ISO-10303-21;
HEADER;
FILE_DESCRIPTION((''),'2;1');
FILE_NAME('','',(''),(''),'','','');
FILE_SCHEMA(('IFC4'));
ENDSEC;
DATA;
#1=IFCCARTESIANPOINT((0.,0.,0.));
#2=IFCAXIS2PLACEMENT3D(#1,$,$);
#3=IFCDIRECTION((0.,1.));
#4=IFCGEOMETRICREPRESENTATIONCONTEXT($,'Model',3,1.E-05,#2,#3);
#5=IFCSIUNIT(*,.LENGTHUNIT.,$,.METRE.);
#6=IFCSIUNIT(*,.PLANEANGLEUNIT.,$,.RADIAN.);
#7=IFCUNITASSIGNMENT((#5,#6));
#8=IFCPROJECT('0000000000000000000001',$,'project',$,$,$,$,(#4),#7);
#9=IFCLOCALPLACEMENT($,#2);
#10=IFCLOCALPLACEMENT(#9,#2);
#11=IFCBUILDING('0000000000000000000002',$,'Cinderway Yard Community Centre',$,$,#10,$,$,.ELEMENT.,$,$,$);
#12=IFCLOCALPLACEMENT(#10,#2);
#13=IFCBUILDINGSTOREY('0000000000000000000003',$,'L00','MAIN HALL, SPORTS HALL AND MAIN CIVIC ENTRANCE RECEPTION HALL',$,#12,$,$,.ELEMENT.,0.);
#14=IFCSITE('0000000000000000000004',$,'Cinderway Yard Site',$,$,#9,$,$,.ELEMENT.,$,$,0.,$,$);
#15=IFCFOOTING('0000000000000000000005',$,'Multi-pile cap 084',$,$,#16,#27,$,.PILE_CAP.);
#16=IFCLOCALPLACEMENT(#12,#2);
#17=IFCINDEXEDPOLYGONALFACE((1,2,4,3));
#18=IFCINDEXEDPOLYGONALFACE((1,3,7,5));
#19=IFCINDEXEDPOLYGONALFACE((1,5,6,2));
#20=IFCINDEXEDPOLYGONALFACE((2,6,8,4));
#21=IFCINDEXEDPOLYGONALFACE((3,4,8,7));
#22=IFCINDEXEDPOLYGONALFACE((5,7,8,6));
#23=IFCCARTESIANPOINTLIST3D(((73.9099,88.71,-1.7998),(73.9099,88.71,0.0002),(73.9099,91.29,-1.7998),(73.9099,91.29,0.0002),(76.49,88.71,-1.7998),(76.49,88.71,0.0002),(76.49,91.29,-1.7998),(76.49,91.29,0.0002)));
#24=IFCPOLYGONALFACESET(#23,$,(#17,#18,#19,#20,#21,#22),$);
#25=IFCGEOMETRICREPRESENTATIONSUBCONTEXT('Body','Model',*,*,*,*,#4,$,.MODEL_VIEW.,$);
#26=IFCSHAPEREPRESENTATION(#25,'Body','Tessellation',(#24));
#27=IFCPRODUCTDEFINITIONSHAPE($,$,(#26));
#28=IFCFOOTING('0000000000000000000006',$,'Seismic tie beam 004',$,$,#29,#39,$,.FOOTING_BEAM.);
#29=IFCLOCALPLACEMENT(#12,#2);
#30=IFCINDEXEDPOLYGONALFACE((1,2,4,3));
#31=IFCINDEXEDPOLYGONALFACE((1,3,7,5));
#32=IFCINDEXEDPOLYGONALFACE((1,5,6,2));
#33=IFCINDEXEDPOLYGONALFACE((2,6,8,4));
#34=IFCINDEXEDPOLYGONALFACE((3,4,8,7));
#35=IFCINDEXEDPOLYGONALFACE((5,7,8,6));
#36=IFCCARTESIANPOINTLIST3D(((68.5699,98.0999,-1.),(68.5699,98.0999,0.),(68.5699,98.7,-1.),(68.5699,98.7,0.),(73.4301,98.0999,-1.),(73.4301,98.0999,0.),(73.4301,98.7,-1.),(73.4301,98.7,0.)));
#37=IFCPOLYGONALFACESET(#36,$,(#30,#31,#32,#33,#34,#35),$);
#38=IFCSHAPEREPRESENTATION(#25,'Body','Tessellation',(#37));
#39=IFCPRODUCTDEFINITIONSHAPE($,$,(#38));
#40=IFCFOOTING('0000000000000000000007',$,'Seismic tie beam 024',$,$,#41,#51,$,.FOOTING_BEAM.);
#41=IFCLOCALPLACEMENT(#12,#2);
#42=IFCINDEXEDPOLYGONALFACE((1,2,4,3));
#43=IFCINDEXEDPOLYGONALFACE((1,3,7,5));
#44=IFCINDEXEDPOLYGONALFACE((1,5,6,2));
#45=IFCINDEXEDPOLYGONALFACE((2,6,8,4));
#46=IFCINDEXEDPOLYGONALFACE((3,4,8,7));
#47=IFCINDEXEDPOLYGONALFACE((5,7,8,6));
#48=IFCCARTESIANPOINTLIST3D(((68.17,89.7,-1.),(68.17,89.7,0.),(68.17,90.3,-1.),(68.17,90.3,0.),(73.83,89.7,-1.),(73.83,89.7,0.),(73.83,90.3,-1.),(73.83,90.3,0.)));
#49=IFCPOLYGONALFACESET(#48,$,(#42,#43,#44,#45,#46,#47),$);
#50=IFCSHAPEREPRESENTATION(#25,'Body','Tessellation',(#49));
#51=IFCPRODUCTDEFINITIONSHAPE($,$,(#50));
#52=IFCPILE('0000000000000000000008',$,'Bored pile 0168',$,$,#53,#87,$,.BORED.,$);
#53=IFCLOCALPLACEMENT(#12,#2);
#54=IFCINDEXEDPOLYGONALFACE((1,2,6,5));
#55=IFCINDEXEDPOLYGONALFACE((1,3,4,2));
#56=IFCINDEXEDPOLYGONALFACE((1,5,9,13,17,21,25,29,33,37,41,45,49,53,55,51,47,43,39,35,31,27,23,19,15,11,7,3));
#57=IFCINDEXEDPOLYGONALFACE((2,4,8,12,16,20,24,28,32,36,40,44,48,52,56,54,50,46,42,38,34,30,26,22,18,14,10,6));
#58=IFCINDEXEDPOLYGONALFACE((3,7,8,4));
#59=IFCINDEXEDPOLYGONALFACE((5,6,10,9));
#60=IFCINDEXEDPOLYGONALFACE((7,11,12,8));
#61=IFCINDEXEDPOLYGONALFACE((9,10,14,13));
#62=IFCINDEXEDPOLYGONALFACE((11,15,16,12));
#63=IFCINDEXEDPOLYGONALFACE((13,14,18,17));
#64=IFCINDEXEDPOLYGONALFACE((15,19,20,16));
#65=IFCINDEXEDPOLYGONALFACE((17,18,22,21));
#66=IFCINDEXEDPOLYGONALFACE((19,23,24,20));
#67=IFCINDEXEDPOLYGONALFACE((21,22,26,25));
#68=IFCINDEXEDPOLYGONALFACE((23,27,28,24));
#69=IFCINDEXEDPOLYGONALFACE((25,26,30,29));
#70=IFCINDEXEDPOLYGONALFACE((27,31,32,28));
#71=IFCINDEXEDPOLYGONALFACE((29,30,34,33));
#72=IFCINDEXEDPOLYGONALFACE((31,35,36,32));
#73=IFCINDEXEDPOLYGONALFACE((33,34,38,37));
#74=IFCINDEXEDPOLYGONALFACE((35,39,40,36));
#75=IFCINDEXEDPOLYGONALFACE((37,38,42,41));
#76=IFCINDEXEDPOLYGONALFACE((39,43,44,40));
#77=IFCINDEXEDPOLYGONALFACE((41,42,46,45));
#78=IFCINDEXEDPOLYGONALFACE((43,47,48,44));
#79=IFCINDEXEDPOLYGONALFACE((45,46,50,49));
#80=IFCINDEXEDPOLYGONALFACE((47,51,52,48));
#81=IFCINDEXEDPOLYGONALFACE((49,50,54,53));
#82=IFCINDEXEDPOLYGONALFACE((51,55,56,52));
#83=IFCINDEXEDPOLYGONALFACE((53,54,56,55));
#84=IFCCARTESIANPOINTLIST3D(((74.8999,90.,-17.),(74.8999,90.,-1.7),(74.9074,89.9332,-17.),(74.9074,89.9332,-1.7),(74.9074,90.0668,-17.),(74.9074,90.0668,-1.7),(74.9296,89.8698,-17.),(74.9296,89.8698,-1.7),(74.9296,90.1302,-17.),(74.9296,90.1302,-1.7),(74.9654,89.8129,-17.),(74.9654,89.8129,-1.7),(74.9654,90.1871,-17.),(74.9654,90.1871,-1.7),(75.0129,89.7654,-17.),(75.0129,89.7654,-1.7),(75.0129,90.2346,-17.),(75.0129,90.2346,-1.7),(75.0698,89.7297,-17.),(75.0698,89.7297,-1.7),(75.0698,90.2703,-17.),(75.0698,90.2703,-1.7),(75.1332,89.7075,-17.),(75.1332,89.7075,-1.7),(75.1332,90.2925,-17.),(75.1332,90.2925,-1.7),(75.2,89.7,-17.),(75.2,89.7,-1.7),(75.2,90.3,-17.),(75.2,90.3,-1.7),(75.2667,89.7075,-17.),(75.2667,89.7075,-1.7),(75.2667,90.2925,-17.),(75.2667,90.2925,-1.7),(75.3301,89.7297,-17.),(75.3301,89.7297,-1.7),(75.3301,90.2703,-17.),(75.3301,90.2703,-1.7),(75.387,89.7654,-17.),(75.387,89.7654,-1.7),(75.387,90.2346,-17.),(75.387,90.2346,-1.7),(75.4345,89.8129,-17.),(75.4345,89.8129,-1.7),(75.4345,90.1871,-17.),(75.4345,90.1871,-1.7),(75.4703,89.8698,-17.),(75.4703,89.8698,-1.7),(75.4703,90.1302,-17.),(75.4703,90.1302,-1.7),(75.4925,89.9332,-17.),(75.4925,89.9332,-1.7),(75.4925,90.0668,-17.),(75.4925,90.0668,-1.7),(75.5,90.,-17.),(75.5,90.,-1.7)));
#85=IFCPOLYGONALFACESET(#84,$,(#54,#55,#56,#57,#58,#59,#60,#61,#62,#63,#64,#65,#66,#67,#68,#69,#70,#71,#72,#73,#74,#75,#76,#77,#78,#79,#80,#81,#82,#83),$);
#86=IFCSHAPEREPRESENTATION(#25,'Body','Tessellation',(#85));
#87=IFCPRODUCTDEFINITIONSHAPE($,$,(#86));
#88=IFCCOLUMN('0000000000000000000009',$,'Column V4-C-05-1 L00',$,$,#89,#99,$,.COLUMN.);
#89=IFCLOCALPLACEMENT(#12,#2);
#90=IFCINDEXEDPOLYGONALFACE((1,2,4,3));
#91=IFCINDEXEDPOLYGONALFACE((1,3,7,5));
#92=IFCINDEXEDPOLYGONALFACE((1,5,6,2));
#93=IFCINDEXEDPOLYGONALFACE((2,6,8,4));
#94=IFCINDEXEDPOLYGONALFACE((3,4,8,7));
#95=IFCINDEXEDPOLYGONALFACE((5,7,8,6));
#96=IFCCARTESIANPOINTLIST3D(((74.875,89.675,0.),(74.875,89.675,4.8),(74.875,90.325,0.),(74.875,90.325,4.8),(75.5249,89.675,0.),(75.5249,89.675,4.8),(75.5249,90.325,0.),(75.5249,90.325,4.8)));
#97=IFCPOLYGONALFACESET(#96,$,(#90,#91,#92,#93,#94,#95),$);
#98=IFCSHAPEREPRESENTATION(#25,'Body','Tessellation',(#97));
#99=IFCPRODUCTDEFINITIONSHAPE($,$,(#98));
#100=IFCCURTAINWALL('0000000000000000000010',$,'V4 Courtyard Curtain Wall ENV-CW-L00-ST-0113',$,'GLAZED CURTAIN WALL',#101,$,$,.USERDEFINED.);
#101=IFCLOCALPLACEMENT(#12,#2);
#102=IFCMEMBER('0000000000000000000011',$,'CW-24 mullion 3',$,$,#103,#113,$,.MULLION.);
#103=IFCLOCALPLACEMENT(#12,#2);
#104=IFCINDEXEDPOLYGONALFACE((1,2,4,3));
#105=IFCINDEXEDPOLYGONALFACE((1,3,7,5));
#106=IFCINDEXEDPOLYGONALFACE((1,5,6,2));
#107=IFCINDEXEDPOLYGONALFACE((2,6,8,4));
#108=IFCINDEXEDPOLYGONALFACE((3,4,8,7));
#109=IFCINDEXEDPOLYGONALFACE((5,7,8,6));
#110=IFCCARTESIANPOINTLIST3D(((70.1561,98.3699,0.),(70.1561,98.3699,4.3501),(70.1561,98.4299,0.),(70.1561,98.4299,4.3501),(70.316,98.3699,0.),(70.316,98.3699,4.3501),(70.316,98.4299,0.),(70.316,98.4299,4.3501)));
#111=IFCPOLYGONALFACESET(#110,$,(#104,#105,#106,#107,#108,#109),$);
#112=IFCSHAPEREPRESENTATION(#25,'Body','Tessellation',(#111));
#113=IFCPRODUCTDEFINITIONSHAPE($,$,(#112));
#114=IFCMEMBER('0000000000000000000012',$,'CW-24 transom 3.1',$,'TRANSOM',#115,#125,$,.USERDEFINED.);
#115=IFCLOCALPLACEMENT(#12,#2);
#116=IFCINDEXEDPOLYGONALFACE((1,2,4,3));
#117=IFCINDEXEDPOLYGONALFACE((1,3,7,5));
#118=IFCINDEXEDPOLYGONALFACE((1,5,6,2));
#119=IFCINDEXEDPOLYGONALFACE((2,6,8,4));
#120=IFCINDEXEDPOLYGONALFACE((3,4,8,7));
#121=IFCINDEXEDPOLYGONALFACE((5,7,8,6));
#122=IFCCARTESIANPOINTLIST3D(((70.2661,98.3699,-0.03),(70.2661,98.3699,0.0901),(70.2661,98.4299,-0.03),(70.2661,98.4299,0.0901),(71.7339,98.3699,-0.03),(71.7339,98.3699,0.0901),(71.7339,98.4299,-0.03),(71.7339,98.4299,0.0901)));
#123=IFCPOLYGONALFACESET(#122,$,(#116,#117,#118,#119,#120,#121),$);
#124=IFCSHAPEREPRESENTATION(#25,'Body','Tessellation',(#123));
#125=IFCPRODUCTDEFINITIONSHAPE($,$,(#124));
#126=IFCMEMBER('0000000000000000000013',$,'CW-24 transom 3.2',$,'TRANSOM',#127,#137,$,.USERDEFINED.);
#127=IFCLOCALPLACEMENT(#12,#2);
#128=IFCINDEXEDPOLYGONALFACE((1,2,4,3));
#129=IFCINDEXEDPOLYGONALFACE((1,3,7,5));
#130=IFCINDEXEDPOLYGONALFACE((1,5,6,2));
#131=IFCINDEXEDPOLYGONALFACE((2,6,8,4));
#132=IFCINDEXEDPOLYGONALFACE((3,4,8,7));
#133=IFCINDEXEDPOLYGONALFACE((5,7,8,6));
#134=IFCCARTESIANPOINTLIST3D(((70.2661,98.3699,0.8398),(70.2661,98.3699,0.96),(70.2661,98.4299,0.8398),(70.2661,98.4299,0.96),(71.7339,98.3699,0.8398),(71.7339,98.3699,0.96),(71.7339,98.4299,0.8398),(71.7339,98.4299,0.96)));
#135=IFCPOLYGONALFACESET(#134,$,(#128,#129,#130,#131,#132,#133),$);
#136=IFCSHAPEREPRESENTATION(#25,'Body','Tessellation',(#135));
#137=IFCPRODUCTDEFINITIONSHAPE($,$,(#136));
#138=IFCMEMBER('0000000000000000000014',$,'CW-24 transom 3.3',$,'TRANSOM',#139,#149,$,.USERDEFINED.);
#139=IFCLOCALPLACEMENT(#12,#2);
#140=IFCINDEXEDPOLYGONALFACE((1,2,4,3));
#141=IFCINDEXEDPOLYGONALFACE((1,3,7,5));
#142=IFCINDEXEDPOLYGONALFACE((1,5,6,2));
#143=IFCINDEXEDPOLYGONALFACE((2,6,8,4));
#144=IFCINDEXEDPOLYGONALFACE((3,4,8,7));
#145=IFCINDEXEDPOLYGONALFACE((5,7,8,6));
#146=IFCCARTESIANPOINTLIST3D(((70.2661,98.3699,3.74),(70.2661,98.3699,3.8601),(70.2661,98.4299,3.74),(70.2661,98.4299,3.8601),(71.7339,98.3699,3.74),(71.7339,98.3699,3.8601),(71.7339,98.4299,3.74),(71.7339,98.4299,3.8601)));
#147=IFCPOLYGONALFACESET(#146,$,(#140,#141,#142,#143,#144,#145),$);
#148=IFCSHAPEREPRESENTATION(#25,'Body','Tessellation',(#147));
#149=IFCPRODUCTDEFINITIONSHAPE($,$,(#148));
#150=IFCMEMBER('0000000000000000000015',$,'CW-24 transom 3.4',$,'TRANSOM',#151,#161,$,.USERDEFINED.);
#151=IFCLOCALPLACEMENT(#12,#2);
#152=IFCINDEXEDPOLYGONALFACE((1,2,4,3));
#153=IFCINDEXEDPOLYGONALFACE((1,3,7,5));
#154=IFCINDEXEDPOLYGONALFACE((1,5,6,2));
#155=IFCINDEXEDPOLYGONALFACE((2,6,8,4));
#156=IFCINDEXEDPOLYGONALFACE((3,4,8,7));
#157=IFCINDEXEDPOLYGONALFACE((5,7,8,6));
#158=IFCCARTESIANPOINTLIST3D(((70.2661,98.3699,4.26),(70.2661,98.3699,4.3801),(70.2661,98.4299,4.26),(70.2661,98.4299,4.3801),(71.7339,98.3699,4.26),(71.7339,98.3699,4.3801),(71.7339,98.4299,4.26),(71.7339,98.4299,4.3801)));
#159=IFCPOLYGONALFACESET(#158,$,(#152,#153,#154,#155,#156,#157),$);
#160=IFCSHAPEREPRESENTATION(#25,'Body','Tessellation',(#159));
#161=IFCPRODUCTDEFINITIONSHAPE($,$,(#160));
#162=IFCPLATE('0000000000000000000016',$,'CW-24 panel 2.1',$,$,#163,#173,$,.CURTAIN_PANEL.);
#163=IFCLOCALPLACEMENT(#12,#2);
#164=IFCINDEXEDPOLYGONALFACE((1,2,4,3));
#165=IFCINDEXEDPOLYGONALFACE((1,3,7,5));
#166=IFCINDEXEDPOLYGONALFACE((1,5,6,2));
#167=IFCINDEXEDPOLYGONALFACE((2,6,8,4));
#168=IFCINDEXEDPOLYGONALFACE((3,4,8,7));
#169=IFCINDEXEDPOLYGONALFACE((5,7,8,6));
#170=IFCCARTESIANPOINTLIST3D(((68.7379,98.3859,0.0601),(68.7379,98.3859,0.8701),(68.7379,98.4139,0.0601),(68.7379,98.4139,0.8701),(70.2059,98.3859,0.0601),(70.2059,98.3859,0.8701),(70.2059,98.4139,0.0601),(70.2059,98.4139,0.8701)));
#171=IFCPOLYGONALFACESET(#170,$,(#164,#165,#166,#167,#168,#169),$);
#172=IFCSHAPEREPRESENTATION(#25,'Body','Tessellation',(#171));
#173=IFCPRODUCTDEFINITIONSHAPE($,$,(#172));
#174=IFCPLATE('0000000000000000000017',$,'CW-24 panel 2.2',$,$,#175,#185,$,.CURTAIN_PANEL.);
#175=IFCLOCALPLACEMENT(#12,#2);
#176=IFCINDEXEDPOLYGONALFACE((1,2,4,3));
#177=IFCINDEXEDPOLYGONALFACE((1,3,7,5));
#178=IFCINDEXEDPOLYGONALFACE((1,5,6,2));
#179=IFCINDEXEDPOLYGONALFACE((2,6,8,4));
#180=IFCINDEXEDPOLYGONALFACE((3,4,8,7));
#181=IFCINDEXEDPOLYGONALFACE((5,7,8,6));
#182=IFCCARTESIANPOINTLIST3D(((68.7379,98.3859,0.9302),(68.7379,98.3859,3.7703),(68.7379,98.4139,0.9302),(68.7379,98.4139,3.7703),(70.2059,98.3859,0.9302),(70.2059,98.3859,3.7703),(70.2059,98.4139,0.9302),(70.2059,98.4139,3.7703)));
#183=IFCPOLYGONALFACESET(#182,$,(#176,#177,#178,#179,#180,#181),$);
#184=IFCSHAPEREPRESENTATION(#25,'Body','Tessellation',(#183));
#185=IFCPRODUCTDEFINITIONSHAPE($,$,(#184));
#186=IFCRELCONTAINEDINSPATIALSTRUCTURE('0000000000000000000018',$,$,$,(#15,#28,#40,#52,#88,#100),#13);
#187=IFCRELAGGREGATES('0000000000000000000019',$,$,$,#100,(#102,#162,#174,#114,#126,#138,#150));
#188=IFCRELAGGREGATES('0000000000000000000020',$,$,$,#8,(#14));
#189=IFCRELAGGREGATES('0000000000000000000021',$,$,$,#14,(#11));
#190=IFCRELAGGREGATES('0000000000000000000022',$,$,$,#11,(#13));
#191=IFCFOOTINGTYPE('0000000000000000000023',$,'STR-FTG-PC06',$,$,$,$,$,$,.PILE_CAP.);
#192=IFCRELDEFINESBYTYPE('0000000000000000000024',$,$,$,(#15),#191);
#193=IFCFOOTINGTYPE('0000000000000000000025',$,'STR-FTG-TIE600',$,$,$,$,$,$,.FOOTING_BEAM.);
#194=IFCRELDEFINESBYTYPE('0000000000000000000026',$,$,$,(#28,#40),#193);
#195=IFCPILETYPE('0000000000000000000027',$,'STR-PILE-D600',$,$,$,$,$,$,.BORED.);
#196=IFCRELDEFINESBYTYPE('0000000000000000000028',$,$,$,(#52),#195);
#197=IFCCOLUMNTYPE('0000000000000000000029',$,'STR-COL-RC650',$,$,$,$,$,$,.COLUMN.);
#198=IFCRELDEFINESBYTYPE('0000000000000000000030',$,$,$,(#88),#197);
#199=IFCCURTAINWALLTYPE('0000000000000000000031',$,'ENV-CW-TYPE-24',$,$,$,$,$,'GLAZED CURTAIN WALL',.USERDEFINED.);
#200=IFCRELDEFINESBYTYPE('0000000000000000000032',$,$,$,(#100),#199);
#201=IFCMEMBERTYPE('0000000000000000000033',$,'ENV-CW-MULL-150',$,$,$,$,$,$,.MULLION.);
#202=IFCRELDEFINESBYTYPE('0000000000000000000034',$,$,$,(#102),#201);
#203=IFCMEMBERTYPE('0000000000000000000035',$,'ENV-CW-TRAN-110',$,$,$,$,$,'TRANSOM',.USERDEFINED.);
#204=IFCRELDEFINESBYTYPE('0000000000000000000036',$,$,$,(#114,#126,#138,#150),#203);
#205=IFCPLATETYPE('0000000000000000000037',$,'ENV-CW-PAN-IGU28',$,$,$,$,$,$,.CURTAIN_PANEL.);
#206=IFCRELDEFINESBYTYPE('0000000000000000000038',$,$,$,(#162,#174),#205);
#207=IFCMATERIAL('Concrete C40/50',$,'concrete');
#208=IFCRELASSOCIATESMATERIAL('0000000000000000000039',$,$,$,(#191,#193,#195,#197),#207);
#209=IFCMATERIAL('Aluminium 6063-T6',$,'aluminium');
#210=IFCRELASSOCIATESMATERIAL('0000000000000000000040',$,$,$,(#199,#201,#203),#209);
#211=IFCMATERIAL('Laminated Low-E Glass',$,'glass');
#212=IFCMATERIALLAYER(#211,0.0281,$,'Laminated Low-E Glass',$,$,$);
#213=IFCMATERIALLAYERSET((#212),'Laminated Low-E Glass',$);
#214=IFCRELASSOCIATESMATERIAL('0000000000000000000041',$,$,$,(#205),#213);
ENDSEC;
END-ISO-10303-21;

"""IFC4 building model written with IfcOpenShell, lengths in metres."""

from ifc_helpers import new_model, si_unit, direction, frame, origin, origin_2d, place, context, subcontext, project, spatial, rectangle, circle, extrude, material, layer, layer_set, material_profile, profile_set, type_object, element, aggregate, save


model = new_model("IFC4")

# Units and contexts
model_context = context("Model", 3, precision=1e-05, world=origin(), true_north=direction((0.0, 1.0)))
body_context = subcontext(model_context, "Body", "Model", "MODEL_VIEW")
ifc_project = project(units=[si_unit("LENGTHUNIT", "METRE"), si_unit("PLANEANGLEUNIT", "RADIAN")], contexts=[model_context])

# Site, building, storey
site_placement = place(None, origin())
site = spatial("IfcSite", under=ifc_project, at=site_placement, Name="Cinderway Yard Site", CompositionType="ELEMENT", RefElevation=0.0)
building_placement = place(site_placement, origin())
building = spatial("IfcBuilding", under=site, at=building_placement, Name="Cinderway Yard Community Centre", CompositionType="ELEMENT")
storey_placement = place(building_placement, origin())
storey = spatial("IfcBuildingStorey", under=building, at=storey_placement, Name="L00", Description="MAIN HALL, SPORTS HALL AND MAIN CIVIC ENTRANCE RECEPTION HALL", CompositionType="ELEMENT", Elevation=0.0)

# Footings
ifc_material_1 = material(Name="Concrete C40/50", Category="concrete")
footing_type_1 = type_object("IfcFootingType", Name="STR-FTG-PC06", PredefinedType="PILE_CAP", material=ifc_material_1)
footing_1_placement = place(storey_placement, frame((75.2, 90.0, -1.7998), z_axis=(0.0, 0.0, 1.0), x_axis=(1.0, 0.0, 0.0)))
element("IfcFooting", 1, at=footing_1_placement, inside=storey, type_object=footing_type_1, Name="Multi-pile cap 084", PredefinedType="PILE_CAP", context=body_context, shape_type="SweptSolid", body=[
    extrude(rectangle(XDim=2.5801, YDim=2.5801, at=origin_2d()), origin(), (0.0, 0.0, 1.0), 1.8),
])
footing_type_2 = type_object("IfcFootingType", Name="STR-FTG-TIE600", PredefinedType="FOOTING_BEAM", material=ifc_material_1)
footing_2_placement = place(storey_placement, frame((71.0, 98.3999, -1.0), z_axis=(0.0, 0.0, 1.0), x_axis=(1.0, 0.0, 0.0)))
element("IfcFooting", 2, at=footing_2_placement, inside=storey, type_object=footing_type_2, Name="Seismic tie beam 004", PredefinedType="FOOTING_BEAM", context=body_context, shape_type="SweptSolid", body=[
    extrude(rectangle(XDim=4.8601, YDim=0.6001, at=origin_2d()), origin(), (0.0, 0.0, 1.0), 1.0),
])
footing_3_placement = place(storey_placement, frame((71.0, 90.0, -1.0), z_axis=(0.0, 0.0, 1.0), x_axis=(1.0, 0.0, 0.0)))
element("IfcFooting", 3, at=footing_3_placement, inside=storey, type_object=footing_type_2, Name="Seismic tie beam 024", PredefinedType="FOOTING_BEAM", context=body_context, shape_type="SweptSolid", body=[
    extrude(rectangle(XDim=5.6599, YDim=0.6001, at=origin_2d()), origin(), (0.0, 0.0, 1.0), 1.0),
])

# Pile
ifc_material_profile_1 = material_profile(ifc_material_1, circle(Radius=0.3, at=origin_2d()), Name="Concrete C40/50")
ifc_profile_set_1 = profile_set([ifc_material_profile_1], Name="Concrete C40/50")
pile_type = type_object("IfcPileType", Name="STR-PILE-D600", PredefinedType="BORED", material=ifc_profile_set_1)
pile_placement = place(storey_placement, frame((75.2, 90.0, -1.7), z_axis=(0.0, 0.0, -1.0), x_axis=(1.0, 0.0, 0.0)))
element("IfcPile", 4, at=pile_placement, inside=storey, type_object=pile_type, Name="Bored pile 0168", PredefinedType="BORED", context=body_context, shape_type="SweptSolid", body=[
    extrude(circle(Radius=0.3, at=origin_2d()), origin(), (0.0, 0.0, 1.0), 15.3),
])

# Column
ifc_material_profile_2 = material_profile(ifc_material_1, rectangle(XDim=0.6499, YDim=0.6499, at=origin_2d()), Name="Concrete C40/50")
ifc_profile_set_2 = profile_set([ifc_material_profile_2], Name="Concrete C40/50")
column_type = type_object("IfcColumnType", Name="STR-COL-RC650", PredefinedType="COLUMN", material=ifc_profile_set_2)
column_placement = place(storey_placement, frame((75.2, 90.0, 0.0), z_axis=(0.0, 0.0, 1.0), x_axis=(1.0, 0.0, 0.0)))
element("IfcColumn", 5, at=column_placement, inside=storey, type_object=column_type, Name="Column V4-C-05-1 L00", PredefinedType="COLUMN", context=body_context, shape_type="SweptSolid", body=[
    extrude(rectangle(XDim=0.6499, YDim=0.6499, at=origin_2d()), origin(), (0.0, 0.0, 1.0), 4.8),
])

# Curtain wall, members, plates
ifc_material_2 = material(Name="Aluminium 6063-T6", Category="aluminium")
curtain_wall_type = type_object("IfcCurtainWallType", Name="ENV-CW-TYPE-24", ElementType="GLAZED CURTAIN WALL", PredefinedType="USERDEFINED", material=ifc_material_2)
curtain_wall_placement = place(storey_placement, origin())
curtain_wall = element("IfcCurtainWall", 6, at=curtain_wall_placement, inside=storey, type_object=curtain_wall_type, Name="V4 Courtyard Curtain Wall ENV-CW-L00-ST-0113", ObjectType="GLAZED CURTAIN WALL", PredefinedType="USERDEFINED")
ifc_material_profile_3 = material_profile(ifc_material_2, rectangle(XDim=0.0601, YDim=0.1599, at=origin_2d()), Name="Aluminium 6063-T6")
ifc_profile_set_3 = profile_set([ifc_material_profile_3], Name="Aluminium 6063-T6")
member_type_1 = type_object("IfcMemberType", Name="ENV-CW-MULL-150", PredefinedType="MULLION", material=ifc_profile_set_3)
member_1_placement = place(storey_placement, frame((70.2361, 98.3999, 0.0), z_axis=(0.0, 0.0, 1.0), x_axis=(0.0, 1.0, 0.0)))
member_1 = element("IfcMember", 7, at=member_1_placement, type_object=member_type_1, Name="CW-24 mullion 3", PredefinedType="MULLION", context=body_context, shape_type="SweptSolid", body=[
    extrude(rectangle(XDim=0.0601, YDim=0.1599, at=origin_2d()), origin(), (0.0, 0.0, 1.0), 4.3501),
])
ifc_material_profile_4 = material_profile(ifc_material_2, rectangle(XDim=0.0601, YDim=0.1201, at=origin_2d()), Name="Aluminium 6063-T6")
ifc_profile_set_4 = profile_set([ifc_material_profile_4], Name="Aluminium 6063-T6")
member_type_2 = type_object("IfcMemberType", Name="ENV-CW-TRAN-110", ElementType="TRANSOM", PredefinedType="USERDEFINED", material=ifc_profile_set_4)
member_2_placement = place(storey_placement, frame((70.2661, 98.3999, 0.03), z_axis=(1.0, 0.0, 0.0), x_axis=(0.0, 1.0, 0.0)))
member_2 = element("IfcMember", 8, at=member_2_placement, type_object=member_type_2, Name="CW-24 transom 3.1", ObjectType="TRANSOM", PredefinedType="USERDEFINED", context=body_context, shape_type="SweptSolid", body=[
    extrude(rectangle(XDim=0.0601, YDim=0.1201, at=origin_2d()), origin(), (0.0, 0.0, 1.0), 1.4678),
])
member_3_placement = place(storey_placement, frame((70.2661, 98.3999, 0.8999), z_axis=(1.0, 0.0, 0.0), x_axis=(0.0, 1.0, 0.0)))
member_3 = element("IfcMember", 9, at=member_3_placement, type_object=member_type_2, Name="CW-24 transom 3.2", ObjectType="TRANSOM", PredefinedType="USERDEFINED", context=body_context, shape_type="SweptSolid", body=[
    extrude(rectangle(XDim=0.0601, YDim=0.1201, at=origin_2d()), origin(), (0.0, 0.0, 1.0), 1.4678),
])
member_4_placement = place(storey_placement, frame((70.2661, 98.3999, 3.8), z_axis=(1.0, 0.0, 0.0), x_axis=(0.0, 1.0, 0.0)))
member_4 = element("IfcMember", 10, at=member_4_placement, type_object=member_type_2, Name="CW-24 transom 3.3", ObjectType="TRANSOM", PredefinedType="USERDEFINED", context=body_context, shape_type="SweptSolid", body=[
    extrude(rectangle(XDim=0.0601, YDim=0.1201, at=origin_2d()), origin(), (0.0, 0.0, 1.0), 1.4678),
])
member_5_placement = place(storey_placement, frame((70.2661, 98.3999, 4.3201), z_axis=(1.0, 0.0, 0.0), x_axis=(0.0, 1.0, 0.0)))
member_5 = element("IfcMember", 11, at=member_5_placement, type_object=member_type_2, Name="CW-24 transom 3.4", ObjectType="TRANSOM", PredefinedType="USERDEFINED", context=body_context, shape_type="SweptSolid", body=[
    extrude(rectangle(XDim=0.0601, YDim=0.1201, at=origin_2d()), origin(), (0.0, 0.0, 1.0), 1.4678),
])
ifc_material_3 = material(Name="Laminated Low-E Glass", Category="glass")
ifc_layer_1 = layer(ifc_material_3, 0.0281, Name="Laminated Low-E Glass")
ifc_layer_set_1 = layer_set([ifc_layer_1], Name="Laminated Low-E Glass")
plate_type = type_object("IfcPlateType", Name="ENV-CW-PAN-IGU28", PredefinedType="CURTAIN_PANEL", material=ifc_layer_set_1)
plate_1_placement = place(storey_placement, frame((69.4719, 98.3999, 0.0601), z_axis=(0.0, 0.0, 1.0), x_axis=(1.0, 0.0, 0.0)))
plate_1 = element("IfcPlate", 12, at=plate_1_placement, type_object=plate_type, Name="CW-24 panel 2.1", PredefinedType="CURTAIN_PANEL", context=body_context, shape_type="SweptSolid", body=[
    extrude(rectangle(XDim=1.468, YDim=0.0281, at=origin_2d()), origin(), (0.0, 0.0, 1.0), 0.8101),
])
plate_2_placement = place(storey_placement, frame((69.4719, 98.3999, 0.9302), z_axis=(0.0, 0.0, 1.0), x_axis=(1.0, 0.0, 0.0)))
plate_2 = element("IfcPlate", 13, at=plate_2_placement, type_object=plate_type, Name="CW-24 panel 2.2", PredefinedType="CURTAIN_PANEL", context=body_context, shape_type="SweptSolid", body=[
    extrude(rectangle(XDim=1.468, YDim=0.0281, at=origin_2d()), origin(), (0.0, 0.0, 1.0), 2.8401),
])
aggregate(curtain_wall, [member_1, plate_1, plate_2, member_2, member_3, member_4, member_5])

save(model, "model.ifc")
